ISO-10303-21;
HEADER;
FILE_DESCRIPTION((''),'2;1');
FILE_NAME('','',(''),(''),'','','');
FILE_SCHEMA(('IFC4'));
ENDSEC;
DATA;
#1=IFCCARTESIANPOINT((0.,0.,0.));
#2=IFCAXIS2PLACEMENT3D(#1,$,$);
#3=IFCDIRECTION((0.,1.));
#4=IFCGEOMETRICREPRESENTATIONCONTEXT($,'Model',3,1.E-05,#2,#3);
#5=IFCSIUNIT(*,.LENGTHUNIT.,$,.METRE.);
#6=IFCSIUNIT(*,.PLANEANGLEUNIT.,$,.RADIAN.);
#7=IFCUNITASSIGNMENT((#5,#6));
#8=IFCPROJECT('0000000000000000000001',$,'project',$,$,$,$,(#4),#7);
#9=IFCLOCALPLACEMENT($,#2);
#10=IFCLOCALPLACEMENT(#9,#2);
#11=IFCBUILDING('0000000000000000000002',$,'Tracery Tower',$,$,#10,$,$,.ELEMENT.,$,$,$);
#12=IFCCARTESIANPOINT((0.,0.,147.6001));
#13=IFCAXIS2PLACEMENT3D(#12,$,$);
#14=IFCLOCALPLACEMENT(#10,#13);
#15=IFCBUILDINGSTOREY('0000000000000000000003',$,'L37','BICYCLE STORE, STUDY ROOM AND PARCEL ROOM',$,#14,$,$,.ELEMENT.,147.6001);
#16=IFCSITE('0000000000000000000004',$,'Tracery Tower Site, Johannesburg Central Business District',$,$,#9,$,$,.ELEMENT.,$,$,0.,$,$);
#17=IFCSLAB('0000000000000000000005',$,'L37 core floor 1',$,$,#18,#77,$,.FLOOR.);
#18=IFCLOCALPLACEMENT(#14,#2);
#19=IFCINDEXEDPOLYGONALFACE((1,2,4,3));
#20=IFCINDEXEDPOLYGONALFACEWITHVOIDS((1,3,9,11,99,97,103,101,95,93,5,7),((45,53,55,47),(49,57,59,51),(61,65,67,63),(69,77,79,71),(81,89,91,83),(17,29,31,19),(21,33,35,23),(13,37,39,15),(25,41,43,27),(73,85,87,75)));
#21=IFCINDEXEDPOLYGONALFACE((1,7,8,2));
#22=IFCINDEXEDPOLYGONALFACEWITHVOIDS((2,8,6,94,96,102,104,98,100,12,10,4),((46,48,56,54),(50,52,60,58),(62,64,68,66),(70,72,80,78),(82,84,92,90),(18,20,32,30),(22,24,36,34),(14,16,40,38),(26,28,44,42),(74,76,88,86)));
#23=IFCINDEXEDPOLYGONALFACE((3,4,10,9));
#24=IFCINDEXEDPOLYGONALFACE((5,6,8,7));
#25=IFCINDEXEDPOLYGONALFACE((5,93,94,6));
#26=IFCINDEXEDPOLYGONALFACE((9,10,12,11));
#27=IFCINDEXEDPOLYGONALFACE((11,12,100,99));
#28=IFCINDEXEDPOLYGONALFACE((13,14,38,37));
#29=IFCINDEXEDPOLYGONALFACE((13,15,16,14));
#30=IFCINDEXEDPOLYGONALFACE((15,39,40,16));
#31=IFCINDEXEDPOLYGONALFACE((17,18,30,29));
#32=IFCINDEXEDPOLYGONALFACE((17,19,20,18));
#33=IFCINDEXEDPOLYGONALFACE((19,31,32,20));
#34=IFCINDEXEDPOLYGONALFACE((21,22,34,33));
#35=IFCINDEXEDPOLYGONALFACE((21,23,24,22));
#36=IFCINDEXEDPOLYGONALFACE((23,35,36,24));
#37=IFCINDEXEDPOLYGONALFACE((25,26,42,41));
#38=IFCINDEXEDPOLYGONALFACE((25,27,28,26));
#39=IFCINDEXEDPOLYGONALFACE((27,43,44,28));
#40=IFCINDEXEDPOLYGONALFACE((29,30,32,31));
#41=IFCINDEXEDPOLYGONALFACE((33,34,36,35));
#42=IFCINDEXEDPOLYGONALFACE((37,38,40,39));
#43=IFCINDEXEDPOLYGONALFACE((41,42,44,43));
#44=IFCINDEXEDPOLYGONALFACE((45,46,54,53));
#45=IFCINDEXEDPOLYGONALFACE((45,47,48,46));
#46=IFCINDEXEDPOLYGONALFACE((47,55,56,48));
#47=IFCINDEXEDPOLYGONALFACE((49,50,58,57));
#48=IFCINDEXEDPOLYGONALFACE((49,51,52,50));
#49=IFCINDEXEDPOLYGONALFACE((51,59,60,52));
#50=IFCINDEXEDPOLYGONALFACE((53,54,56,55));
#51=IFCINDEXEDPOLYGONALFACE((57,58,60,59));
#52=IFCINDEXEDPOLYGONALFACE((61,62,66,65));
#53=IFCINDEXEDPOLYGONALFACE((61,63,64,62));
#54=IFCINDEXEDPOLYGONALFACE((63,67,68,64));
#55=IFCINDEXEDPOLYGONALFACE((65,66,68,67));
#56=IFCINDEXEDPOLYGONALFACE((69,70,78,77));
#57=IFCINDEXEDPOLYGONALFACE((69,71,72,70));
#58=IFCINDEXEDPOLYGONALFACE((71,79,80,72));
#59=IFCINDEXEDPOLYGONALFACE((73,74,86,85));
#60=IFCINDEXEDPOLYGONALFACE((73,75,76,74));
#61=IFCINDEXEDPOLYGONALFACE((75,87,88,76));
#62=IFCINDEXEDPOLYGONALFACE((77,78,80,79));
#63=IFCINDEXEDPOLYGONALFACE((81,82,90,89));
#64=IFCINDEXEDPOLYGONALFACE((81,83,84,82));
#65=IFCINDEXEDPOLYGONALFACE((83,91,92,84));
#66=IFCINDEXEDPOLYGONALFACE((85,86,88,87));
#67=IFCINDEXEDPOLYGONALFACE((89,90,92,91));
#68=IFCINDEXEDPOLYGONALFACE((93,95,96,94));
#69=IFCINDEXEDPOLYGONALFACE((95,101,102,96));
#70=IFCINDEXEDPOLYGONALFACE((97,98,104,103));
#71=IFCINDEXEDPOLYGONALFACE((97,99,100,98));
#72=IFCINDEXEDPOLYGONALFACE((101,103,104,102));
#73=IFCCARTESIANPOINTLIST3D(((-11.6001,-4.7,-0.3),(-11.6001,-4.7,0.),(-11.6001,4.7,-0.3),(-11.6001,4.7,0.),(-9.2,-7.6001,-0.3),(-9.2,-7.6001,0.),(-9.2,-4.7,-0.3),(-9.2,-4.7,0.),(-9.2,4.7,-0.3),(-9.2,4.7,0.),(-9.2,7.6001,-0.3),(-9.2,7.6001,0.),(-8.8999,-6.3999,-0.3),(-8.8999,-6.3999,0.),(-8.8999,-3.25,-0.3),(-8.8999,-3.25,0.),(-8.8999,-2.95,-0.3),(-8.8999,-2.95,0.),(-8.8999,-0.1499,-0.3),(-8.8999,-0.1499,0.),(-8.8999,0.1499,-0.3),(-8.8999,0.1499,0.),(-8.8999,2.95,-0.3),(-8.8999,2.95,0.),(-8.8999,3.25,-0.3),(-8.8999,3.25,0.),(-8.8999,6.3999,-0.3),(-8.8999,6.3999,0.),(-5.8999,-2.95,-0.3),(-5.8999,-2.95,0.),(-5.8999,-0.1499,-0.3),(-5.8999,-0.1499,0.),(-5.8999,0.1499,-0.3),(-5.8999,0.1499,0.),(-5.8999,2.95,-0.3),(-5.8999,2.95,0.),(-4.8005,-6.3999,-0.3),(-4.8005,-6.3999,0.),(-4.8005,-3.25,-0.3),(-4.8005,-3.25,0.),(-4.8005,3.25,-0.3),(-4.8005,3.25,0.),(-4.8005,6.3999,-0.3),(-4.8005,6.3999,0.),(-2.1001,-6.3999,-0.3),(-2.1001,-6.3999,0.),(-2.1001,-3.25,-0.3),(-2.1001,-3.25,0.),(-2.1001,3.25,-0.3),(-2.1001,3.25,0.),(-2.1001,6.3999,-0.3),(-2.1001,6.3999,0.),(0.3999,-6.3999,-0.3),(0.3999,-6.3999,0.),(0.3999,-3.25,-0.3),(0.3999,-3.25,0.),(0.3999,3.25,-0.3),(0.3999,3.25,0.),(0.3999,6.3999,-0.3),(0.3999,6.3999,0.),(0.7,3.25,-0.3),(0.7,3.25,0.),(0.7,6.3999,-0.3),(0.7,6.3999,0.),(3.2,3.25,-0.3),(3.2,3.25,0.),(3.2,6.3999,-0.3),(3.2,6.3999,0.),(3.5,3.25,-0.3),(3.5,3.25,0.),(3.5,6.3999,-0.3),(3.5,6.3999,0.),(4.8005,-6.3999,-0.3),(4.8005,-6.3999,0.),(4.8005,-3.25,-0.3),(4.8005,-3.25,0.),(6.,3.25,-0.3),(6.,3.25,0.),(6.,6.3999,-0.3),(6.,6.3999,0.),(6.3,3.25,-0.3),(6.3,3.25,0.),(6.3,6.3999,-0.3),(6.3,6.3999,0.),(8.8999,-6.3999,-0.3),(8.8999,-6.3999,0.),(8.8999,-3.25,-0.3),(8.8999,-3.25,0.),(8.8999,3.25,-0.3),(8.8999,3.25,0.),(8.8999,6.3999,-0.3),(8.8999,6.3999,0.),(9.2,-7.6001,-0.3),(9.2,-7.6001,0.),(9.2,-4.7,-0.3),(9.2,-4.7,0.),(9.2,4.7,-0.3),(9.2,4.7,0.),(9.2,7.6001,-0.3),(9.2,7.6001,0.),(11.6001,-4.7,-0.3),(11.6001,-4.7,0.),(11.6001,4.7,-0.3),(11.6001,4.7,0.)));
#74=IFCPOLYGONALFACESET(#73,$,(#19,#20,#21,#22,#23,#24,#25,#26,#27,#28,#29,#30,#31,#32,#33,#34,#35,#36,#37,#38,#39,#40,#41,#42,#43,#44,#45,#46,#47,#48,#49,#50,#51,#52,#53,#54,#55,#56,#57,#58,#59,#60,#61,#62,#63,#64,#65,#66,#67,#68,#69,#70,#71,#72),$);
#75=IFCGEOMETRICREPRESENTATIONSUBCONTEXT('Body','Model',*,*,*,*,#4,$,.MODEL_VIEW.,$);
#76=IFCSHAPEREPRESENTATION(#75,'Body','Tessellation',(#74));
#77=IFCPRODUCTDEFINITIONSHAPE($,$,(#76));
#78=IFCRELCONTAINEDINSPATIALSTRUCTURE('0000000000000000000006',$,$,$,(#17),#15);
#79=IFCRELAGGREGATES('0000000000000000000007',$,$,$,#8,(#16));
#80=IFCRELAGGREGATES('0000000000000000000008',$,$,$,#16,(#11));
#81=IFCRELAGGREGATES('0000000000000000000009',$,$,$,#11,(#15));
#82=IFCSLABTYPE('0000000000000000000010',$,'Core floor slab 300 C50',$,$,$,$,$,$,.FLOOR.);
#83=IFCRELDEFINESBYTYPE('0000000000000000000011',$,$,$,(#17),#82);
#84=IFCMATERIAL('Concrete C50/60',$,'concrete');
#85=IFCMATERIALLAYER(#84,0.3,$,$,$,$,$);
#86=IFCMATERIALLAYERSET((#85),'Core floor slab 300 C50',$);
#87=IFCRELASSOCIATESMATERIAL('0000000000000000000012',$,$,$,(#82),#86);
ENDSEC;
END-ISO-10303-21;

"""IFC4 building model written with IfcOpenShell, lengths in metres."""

from ifc_helpers import new_model, si_unit, direction, frame, origin, place, context, subcontext, project, spatial, polyline, outline, extrude, material, layer, layer_set, type_object, element, save


model = new_model("IFC4")

# Units and contexts
model_context = context("Model", 3, precision=1e-05, world=origin(), true_north=direction((0.0, 1.0)))
body_context = subcontext(model_context, "Body", "Model", "MODEL_VIEW")
ifc_project = project(units=[si_unit("LENGTHUNIT", "METRE"), si_unit("PLANEANGLEUNIT", "RADIAN")], contexts=[model_context])

# Site, building, storey
site_placement = place(None, origin())
site = spatial("IfcSite", under=ifc_project, at=site_placement, Name="Tracery Tower Site, Johannesburg Central Business District", CompositionType="ELEMENT", RefElevation=0.0)
building_placement = place(site_placement, origin())
building = spatial("IfcBuilding", under=site, at=building_placement, Name="Tracery Tower", CompositionType="ELEMENT")
storey_placement = place(building_placement, frame((0.0, 0.0, 147.6001)))
storey = spatial("IfcBuildingStorey", under=building, at=storey_placement, Name="L37", Description="BICYCLE STORE, STUDY ROOM AND PARCEL ROOM", CompositionType="ELEMENT", Elevation=147.6001)

# Slab
ifc_material_1 = material(Name="Concrete C50/60", Category="concrete")
ifc_layer_1 = layer(ifc_material_1, 0.3)
ifc_layer_set_1 = layer_set([ifc_layer_1], Name="Core floor slab 300 C50")
slab_type_1 = type_object("IfcSlabType", Name="Core floor slab 300 C50", PredefinedType="FLOOR", material=ifc_layer_set_1)
slab_1_placement = place(storey_placement, frame((0.0, 0.0, -0.3)))
element("IfcSlab", 1, at=slab_1_placement, inside=storey, type_object=slab_type_1, Name="L37 core floor 1", PredefinedType="FLOOR", context=body_context, shape_type="SweptSolid", body=[
    extrude(outline(polyline([(-9.2, 7.6001), (9.2, 7.6001), (9.2, 4.7), (11.6001, 4.7), (11.6001, -4.7), (9.2, -4.7), (9.2, -7.6001), (-9.2, -7.6001), (-9.2, -4.7), (-11.6001, -4.7), (-11.6001, 4.7), (-9.2, 4.7), (-9.2, 7.6001)]), holes=[polyline([(4.8005, -6.3999), (8.8999, -6.3999), (8.8999, -3.25), (4.8005, -3.25), (4.8005, -6.3999)]), polyline([(8.8999, 3.25), (8.8999, 6.3999), (6.3, 6.3999), (6.3, 3.25), (8.8999, 3.25)]), polyline([(6.0, 3.25), (6.0, 6.3999), (3.5, 6.3999), (3.5, 3.25), (6.0, 3.25)]), polyline([(3.2, 3.25), (3.2, 6.3999), (0.7, 6.3999), (0.7, 3.25), (3.2, 3.25)]), polyline([(-2.1001, 3.25), (0.3999, 3.25), (0.3999, 6.3999), (-2.1001, 6.3999), (-2.1001, 3.25)]), polyline([(0.3999, -6.3999), (0.3999, -3.25), (-2.1001, -3.25), (-2.1001, -6.3999), (0.3999, -6.3999)]), polyline([(-4.8005, -3.25), (-8.8999, -3.25), (-8.8999, -6.3999), (-4.8005, -6.3999), (-4.8005, -3.25)]), polyline([(-4.8005, 6.3999), (-8.8999, 6.3999), (-8.8999, 3.25), (-4.8005, 3.25), (-4.8005, 6.3999)]), polyline([(-5.8999, -2.95), (-5.8999, -0.1499), (-8.8999, -0.1499), (-8.8999, -2.95), (-5.8999, -2.95)]), polyline([(-5.8999, 0.1499), (-5.8999, 2.95), (-8.8999, 2.95), (-8.8999, 0.1499), (-5.8999, 0.1499)])]), origin(), (0.0, 0.0, 1.0), 0.3),
])

save(model, "model.ifc")
